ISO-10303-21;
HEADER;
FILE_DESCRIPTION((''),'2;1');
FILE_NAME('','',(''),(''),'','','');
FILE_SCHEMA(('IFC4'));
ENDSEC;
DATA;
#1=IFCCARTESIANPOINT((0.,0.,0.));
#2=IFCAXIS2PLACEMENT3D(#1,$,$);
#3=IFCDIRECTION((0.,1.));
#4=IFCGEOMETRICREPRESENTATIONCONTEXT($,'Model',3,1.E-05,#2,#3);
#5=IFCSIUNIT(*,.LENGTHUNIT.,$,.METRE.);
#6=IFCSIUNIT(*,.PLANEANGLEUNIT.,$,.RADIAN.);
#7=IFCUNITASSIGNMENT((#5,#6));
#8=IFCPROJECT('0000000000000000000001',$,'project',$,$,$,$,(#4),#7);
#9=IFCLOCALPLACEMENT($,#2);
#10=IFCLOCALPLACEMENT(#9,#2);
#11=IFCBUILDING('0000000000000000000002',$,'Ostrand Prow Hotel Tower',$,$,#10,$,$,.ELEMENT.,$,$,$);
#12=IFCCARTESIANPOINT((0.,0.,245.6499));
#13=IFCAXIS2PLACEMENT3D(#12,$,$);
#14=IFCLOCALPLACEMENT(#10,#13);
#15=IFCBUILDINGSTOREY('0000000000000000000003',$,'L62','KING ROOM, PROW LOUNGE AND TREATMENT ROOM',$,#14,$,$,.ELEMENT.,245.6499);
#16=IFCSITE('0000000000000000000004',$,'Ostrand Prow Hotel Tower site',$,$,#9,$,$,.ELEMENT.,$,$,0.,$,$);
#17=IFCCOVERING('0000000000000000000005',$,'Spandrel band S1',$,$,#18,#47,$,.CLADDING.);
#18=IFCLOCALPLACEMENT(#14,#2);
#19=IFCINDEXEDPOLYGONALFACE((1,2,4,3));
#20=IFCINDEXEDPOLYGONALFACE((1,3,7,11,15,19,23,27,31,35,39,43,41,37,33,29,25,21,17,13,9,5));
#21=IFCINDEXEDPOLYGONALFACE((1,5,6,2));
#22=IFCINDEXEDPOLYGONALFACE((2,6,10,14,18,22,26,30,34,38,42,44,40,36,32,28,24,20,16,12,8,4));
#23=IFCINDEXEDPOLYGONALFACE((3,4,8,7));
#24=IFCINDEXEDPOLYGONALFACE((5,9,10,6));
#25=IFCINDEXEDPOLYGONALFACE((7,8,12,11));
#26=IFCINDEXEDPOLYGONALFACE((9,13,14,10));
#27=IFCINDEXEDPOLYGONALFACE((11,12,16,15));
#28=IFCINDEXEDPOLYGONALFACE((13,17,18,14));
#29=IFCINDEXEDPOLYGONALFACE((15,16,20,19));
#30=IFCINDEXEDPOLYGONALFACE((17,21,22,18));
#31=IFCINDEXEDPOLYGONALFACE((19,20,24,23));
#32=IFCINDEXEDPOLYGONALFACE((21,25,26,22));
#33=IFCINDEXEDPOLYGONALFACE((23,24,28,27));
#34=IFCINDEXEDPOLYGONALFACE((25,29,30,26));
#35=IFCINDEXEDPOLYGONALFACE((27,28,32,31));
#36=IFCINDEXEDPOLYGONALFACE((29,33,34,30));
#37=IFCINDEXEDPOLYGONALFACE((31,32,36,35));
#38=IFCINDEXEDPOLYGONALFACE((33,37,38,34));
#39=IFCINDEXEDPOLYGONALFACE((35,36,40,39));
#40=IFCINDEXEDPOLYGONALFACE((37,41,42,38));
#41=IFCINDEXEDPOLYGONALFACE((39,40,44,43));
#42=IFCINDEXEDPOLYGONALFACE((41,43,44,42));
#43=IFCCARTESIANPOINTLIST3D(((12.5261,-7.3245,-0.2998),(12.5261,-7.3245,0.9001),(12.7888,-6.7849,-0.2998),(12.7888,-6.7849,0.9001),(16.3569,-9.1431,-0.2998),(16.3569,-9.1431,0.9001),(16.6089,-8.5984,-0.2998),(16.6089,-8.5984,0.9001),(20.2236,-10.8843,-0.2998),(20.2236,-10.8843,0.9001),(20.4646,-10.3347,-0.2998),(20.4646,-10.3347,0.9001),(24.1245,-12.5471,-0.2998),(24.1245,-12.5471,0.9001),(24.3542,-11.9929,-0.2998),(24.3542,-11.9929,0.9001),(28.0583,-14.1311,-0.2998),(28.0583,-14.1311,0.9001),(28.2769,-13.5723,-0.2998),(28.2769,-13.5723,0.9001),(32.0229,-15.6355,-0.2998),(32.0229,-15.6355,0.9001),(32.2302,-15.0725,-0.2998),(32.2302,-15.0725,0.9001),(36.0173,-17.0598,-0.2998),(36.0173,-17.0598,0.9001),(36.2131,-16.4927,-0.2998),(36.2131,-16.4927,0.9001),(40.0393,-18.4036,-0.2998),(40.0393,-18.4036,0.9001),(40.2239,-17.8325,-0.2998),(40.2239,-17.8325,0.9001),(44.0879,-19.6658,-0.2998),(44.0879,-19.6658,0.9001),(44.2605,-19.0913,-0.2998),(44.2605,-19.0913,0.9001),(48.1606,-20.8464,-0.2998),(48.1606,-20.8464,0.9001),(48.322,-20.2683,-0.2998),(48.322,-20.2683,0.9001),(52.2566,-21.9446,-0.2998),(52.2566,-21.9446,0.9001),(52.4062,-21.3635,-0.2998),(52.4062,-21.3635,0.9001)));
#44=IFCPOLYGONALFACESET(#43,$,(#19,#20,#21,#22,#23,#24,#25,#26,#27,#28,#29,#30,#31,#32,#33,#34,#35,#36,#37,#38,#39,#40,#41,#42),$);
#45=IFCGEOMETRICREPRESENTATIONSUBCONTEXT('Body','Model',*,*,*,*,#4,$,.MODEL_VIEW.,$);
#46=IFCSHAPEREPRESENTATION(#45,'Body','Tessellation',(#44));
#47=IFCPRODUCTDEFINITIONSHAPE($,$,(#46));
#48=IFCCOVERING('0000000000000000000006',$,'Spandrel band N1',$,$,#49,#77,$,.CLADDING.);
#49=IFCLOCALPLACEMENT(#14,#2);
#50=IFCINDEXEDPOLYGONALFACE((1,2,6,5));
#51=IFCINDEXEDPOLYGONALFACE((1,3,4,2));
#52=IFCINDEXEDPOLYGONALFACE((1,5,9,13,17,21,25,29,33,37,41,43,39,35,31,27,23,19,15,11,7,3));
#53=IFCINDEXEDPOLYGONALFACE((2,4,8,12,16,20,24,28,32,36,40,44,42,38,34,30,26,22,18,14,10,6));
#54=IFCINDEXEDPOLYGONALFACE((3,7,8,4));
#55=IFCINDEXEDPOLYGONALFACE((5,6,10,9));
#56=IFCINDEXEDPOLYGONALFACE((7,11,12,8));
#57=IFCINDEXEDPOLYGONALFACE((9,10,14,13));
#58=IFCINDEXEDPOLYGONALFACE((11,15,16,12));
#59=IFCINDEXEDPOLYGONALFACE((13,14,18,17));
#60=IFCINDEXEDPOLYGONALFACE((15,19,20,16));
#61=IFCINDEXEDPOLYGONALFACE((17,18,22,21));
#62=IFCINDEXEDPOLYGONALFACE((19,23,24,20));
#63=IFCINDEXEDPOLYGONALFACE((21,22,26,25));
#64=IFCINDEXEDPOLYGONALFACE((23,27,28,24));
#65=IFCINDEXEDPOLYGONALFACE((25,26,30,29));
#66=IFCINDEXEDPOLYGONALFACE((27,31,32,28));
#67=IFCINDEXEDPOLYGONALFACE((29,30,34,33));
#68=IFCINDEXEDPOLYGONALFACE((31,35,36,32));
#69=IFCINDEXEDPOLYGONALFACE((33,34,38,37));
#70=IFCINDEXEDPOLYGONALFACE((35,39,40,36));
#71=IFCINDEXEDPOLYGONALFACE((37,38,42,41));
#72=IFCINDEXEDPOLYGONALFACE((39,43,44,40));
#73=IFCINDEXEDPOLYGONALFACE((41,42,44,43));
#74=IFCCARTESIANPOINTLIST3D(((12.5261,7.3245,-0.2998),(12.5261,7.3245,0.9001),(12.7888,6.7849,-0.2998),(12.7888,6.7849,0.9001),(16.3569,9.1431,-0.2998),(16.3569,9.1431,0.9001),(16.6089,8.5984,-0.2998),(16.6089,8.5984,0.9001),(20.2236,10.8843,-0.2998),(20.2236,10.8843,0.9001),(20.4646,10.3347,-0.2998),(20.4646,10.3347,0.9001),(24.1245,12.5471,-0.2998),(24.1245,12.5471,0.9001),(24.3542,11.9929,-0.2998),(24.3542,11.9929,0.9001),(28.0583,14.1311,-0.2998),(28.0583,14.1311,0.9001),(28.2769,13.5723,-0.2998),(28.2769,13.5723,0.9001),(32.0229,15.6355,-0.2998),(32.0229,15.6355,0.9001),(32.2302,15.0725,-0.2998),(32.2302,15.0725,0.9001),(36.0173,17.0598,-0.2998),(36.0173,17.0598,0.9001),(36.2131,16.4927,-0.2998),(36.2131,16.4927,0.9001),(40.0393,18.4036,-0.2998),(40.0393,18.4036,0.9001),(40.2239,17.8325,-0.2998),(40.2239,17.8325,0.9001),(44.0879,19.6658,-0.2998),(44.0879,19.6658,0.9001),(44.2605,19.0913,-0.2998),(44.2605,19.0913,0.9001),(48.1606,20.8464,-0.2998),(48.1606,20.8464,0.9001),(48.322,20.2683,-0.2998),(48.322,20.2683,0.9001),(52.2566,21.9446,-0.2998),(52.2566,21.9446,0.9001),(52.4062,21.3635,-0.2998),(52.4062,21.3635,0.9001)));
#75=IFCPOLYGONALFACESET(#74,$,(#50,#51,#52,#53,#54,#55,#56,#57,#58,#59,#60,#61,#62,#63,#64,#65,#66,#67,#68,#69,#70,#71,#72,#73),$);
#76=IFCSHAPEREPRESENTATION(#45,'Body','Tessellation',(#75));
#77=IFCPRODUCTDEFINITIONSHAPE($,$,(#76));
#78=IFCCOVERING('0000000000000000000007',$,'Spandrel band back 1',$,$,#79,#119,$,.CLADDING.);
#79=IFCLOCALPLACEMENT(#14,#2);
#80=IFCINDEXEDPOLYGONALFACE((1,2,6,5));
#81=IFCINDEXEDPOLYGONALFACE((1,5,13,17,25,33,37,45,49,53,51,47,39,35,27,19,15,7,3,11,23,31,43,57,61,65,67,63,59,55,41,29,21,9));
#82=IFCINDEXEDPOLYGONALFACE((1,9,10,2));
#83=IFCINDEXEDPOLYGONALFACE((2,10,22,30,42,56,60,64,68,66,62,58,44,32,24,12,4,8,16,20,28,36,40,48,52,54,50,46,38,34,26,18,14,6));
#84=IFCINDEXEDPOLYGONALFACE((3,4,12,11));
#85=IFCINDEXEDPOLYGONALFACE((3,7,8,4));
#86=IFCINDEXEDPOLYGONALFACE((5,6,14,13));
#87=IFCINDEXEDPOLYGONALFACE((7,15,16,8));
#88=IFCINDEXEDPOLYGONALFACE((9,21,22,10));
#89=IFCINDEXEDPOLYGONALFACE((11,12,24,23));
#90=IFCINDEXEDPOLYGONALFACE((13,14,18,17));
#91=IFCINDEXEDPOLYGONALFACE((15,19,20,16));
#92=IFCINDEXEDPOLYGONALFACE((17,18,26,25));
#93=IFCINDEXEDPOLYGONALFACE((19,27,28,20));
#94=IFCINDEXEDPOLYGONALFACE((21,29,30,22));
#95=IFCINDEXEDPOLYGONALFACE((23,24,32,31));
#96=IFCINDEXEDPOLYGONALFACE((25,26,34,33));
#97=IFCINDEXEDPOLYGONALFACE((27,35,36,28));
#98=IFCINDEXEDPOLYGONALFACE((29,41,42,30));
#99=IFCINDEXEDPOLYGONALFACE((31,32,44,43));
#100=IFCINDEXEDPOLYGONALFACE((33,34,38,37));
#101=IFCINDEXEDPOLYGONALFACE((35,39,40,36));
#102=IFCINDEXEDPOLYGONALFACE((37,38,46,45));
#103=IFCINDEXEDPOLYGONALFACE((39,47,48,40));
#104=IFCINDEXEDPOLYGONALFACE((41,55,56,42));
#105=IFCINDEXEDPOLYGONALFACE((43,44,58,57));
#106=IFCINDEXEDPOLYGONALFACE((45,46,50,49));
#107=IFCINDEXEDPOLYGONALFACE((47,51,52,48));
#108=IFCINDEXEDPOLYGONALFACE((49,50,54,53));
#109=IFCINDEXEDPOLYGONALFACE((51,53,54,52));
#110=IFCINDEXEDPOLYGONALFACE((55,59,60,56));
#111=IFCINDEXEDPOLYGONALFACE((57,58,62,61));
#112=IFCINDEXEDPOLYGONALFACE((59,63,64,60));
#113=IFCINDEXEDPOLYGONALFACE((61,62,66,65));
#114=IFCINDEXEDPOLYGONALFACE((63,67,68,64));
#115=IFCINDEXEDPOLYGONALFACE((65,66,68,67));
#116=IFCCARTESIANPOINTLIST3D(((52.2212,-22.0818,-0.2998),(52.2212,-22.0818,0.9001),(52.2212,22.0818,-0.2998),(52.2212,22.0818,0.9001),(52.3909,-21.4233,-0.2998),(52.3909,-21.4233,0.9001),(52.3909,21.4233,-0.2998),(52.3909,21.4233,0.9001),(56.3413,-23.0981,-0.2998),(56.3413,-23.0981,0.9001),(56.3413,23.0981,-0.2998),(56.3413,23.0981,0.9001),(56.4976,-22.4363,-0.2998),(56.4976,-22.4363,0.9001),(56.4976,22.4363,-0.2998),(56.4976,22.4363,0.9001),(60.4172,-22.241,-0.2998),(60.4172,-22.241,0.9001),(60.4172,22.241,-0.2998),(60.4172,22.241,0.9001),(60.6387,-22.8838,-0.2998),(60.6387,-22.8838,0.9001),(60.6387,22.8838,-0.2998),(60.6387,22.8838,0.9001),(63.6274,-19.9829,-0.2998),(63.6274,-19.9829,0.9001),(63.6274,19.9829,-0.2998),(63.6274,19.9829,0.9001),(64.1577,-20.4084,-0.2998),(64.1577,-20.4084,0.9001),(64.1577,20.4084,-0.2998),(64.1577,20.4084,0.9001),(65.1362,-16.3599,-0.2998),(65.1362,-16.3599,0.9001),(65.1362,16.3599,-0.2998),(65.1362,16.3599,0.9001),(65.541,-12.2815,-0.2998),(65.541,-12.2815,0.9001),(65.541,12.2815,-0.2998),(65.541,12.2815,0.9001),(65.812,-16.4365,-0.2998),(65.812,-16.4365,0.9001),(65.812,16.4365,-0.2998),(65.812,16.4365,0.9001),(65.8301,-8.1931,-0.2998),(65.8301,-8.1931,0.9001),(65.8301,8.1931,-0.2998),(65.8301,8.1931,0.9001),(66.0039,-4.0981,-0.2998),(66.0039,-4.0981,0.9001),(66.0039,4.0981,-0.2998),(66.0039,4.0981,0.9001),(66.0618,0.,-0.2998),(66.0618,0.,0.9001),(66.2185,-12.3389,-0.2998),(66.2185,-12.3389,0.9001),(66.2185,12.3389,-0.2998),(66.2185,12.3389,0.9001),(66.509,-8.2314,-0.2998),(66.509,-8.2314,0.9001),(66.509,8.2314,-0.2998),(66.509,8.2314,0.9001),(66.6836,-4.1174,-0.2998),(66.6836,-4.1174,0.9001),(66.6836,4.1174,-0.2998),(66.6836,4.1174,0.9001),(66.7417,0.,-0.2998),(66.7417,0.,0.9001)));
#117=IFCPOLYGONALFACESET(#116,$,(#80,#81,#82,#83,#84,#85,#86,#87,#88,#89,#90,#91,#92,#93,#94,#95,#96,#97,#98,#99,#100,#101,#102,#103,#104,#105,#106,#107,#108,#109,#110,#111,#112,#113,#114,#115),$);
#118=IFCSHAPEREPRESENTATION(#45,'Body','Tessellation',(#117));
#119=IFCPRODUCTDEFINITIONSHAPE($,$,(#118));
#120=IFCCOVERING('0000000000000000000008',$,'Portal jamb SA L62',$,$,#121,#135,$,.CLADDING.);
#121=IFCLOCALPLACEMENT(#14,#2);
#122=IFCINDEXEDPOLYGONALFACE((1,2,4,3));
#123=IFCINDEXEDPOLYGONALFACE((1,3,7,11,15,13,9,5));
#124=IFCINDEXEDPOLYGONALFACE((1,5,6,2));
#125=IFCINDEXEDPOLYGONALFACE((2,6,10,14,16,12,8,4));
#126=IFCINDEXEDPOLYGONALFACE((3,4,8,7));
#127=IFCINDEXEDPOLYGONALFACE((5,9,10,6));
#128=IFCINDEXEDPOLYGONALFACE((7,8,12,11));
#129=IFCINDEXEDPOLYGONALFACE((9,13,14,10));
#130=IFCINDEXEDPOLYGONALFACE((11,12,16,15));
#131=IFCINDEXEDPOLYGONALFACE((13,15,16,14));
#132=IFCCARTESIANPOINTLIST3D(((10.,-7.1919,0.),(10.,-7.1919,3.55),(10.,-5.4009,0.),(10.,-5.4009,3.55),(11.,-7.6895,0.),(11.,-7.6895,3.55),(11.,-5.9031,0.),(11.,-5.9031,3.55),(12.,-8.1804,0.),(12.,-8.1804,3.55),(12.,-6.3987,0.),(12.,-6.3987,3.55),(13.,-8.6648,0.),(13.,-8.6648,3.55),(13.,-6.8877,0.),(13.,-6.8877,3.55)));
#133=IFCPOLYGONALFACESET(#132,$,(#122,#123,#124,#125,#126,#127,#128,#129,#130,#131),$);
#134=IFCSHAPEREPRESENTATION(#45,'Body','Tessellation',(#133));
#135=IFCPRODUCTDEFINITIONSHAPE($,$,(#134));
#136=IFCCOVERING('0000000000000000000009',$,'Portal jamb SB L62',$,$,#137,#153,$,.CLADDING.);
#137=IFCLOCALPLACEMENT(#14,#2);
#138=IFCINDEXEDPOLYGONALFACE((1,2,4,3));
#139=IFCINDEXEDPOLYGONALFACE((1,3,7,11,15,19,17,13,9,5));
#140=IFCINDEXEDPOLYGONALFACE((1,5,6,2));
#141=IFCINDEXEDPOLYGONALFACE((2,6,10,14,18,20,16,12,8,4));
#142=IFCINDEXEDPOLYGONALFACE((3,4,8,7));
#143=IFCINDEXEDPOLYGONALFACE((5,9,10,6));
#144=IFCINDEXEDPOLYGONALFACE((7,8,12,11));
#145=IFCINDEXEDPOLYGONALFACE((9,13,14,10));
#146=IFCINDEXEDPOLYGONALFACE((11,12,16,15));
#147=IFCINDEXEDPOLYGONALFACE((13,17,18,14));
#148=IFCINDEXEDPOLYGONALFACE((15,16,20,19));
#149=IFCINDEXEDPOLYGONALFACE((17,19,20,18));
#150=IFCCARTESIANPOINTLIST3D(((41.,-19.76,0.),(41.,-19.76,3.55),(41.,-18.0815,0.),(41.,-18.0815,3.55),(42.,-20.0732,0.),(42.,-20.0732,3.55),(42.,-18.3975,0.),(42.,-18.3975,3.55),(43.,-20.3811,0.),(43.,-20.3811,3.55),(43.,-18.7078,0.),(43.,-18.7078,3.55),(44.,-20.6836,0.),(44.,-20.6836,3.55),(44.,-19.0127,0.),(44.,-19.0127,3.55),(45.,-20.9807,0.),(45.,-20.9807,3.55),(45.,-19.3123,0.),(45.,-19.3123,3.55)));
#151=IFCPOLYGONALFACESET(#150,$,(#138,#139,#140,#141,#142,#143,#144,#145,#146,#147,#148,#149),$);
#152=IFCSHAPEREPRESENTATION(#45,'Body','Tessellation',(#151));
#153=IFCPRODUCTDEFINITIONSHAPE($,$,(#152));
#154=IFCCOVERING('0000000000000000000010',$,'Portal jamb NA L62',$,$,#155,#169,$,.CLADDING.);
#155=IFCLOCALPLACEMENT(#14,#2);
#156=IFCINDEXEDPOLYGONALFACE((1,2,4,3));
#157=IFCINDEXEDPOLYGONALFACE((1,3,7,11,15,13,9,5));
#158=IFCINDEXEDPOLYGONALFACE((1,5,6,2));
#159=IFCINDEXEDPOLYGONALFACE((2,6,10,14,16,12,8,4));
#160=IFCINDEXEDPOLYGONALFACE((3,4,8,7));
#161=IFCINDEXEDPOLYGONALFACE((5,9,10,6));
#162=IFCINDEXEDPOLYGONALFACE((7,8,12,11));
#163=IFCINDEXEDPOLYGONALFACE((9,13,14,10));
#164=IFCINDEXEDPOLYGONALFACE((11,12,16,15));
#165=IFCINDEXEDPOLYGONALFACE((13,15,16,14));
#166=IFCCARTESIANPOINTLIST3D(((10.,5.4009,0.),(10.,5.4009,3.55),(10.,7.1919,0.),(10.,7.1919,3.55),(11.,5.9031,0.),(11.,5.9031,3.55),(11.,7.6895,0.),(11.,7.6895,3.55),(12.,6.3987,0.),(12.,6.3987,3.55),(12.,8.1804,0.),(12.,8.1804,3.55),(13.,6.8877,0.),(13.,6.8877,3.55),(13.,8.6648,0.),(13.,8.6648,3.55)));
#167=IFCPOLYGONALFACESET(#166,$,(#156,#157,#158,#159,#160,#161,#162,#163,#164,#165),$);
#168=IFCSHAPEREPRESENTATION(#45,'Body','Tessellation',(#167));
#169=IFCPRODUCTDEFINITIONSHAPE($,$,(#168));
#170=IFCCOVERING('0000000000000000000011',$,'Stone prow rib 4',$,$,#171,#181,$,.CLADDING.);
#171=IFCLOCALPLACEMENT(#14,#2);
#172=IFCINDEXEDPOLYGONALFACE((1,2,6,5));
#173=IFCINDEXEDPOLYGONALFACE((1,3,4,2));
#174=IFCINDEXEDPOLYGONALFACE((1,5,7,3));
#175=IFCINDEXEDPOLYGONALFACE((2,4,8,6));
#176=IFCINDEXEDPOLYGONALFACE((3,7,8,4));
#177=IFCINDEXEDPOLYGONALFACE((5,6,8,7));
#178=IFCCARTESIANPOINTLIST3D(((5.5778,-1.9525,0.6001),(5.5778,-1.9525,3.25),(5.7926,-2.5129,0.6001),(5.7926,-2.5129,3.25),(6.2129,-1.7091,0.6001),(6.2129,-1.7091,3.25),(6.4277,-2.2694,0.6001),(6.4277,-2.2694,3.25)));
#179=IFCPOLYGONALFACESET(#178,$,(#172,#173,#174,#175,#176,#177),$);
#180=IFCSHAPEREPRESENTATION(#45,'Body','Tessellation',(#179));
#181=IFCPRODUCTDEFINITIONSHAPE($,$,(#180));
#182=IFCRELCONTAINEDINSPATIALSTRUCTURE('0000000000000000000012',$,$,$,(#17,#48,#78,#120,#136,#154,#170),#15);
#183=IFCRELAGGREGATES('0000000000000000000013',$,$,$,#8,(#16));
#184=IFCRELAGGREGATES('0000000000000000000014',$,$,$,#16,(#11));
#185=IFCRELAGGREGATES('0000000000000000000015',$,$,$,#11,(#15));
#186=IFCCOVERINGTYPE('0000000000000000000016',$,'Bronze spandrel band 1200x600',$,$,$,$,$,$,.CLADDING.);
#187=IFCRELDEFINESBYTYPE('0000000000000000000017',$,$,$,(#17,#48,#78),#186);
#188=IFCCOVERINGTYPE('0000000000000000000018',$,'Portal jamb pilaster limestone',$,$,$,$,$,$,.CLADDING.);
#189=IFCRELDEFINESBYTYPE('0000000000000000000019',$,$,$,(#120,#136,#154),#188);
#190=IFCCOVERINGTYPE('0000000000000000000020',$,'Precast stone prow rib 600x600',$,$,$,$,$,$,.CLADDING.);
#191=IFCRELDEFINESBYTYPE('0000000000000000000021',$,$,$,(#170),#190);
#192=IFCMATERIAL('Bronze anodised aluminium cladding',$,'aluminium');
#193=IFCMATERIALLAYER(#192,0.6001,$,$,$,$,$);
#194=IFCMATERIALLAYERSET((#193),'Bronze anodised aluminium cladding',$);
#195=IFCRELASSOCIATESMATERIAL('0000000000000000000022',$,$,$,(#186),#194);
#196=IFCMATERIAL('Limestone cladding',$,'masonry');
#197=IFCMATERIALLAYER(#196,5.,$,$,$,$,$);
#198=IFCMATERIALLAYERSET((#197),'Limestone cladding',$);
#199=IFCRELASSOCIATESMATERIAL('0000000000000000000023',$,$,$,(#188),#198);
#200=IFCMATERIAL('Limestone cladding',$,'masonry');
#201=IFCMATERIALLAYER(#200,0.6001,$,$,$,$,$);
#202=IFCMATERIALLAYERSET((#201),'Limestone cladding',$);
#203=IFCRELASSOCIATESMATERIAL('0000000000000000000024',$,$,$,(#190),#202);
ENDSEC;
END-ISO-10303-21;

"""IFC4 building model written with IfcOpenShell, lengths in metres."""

from ifc_helpers import new_model, si_unit, direction, frame, frame_2d, origin, place, context, subcontext, project, spatial, polyline, rectangle, outline, extrude, material, layer, layer_set, type_object, element, save


model = new_model("IFC4")

# Units and contexts
model_context = context("Model", 3, precision=1e-05, world=origin(), true_north=direction((0.0, 1.0)))
body_context = subcontext(model_context, "Body", "Model", "MODEL_VIEW")
ifc_project = project(units=[si_unit("LENGTHUNIT", "METRE"), si_unit("PLANEANGLEUNIT", "RADIAN")], contexts=[model_context])

# Site, building, storey
site_placement = place(None, origin())
site = spatial("IfcSite", under=ifc_project, at=site_placement, Name="Ostrand Prow Hotel Tower site", CompositionType="ELEMENT", RefElevation=0.0)
building_placement = place(site_placement, origin())
building = spatial("IfcBuilding", under=site, at=building_placement, Name="Ostrand Prow Hotel Tower", CompositionType="ELEMENT")
storey_placement = place(building_placement, frame((0.0, 0.0, 245.6499)))
storey = spatial("IfcBuildingStorey", under=building, at=storey_placement, Name="L62", Description="KING ROOM, PROW LOUNGE AND TREATMENT ROOM", CompositionType="ELEMENT", Elevation=245.6499)

# Coverings
ifc_material_1 = material(Name="Bronze anodised aluminium cladding", Category="aluminium")
ifc_layer_1 = layer(ifc_material_1, 0.6001)
ifc_layer_set_1 = layer_set([ifc_layer_1], Name="Bronze anodised aluminium cladding")
covering_type_1 = type_object("IfcCoveringType", Name="Bronze spandrel band 1200x600", PredefinedType="CLADDING", material=ifc_layer_set_1)
covering_1_placement = place(storey_placement, frame((0.0, 0.0, -0.2998)))
element("IfcCovering", 1, at=covering_1_placement, inside=storey, type_object=covering_type_1, Name="Spandrel band S1", PredefinedType="CLADDING", context=body_context, shape_type="SweptSolid", body=[
    extrude(outline(polyline([(12.5261, -7.3245), (16.3569, -9.1431), (20.2236, -10.8843), (24.1245, -12.5471), (28.0583, -14.1311), (32.0229, -15.6355), (36.0173, -17.0598), (40.0393, -18.4036), (44.0879, -19.6658), (48.1606, -20.8464), (52.2566, -21.9446), (52.4062, -21.3635), (48.322, -20.2683), (44.2605, -19.0913), (40.2239, -17.8325), (36.2131, -16.4927), (32.2302, -15.0725), (28.2769, -13.5723), (24.3542, -11.9929), (20.4646, -10.3347), (16.6089, -8.5984), (12.7888, -6.7849), (12.5261, -7.3245)])), origin(), (0.0, 0.0, 1.0), 1.2),
])
covering_2_placement = place(storey_placement, frame((0.0, 0.0, -0.2998)))
element("IfcCovering", 2, at=covering_2_placement, inside=storey, type_object=covering_type_1, Name="Spandrel band N1", PredefinedType="CLADDING", context=body_context, shape_type="SweptSolid", body=[
    extrude(outline(polyline([(52.2566, 21.9446), (48.1606, 20.8464), (44.0879, 19.6658), (40.0393, 18.4036), (36.0173, 17.0598), (32.0229, 15.6355), (28.0583, 14.1311), (24.1245, 12.5471), (20.2236, 10.8843), (16.3569, 9.1431), (12.5261, 7.3245), (12.7888, 6.7849), (16.6089, 8.5984), (20.4646, 10.3347), (24.3542, 11.9929), (28.2769, 13.5723), (32.2302, 15.0725), (36.2131, 16.4927), (40.2239, 17.8325), (44.2605, 19.0913), (48.322, 20.2683), (52.4062, 21.3635), (52.2566, 21.9446)])), origin(), (0.0, 0.0, 1.0), 1.2),
])
covering_3_placement = place(storey_placement, frame((0.0, 0.0, -0.2998)))
element("IfcCovering", 3, at=covering_3_placement, inside=storey, type_object=covering_type_1, Name="Spandrel band back 1", PredefinedType="CLADDING", context=body_context, shape_type="SweptSolid", body=[
    extrude(outline(polyline([(52.2212, -22.0818), (56.3413, -23.0981), (60.6387, -22.8838), (64.1577, -20.4084), (65.812, -16.4365), (66.2185, -12.3389), (66.509, -8.2314), (66.6836, -4.1174), (66.7417, 0.0), (66.6836, 4.1174), (66.509, 8.2314), (66.2185, 12.3389), (65.812, 16.4365), (64.1577, 20.4084), (60.6387, 22.8838), (56.3413, 23.0981), (52.2212, 22.0818), (52.3909, 21.4233), (56.4976, 22.4363), (60.4172, 22.241), (63.6274, 19.9829), (65.1362, 16.3599), (65.541, 12.2815), (65.8301, 8.1931), (66.0039, 4.0981), (66.0618, 0.0), (66.0039, -4.0981), (65.8301, -8.1931), (65.541, -12.2815), (65.1362, -16.3599), (63.6274, -19.9829), (60.4172, -22.241), (56.4976, -22.4363), (52.3909, -21.4233), (52.2212, -22.0818)])), origin(), (0.0, 0.0, 1.0), 1.2),
])
ifc_material_2 = material(Name="Limestone cladding", Category="masonry")
ifc_layer_2 = layer(ifc_material_2, 5.0)
ifc_layer_set_2 = layer_set([ifc_layer_2], Name="Limestone cladding")
covering_type_2 = type_object("IfcCoveringType", Name="Portal jamb pilaster limestone", PredefinedType="CLADDING", material=ifc_layer_set_2)
covering_4_placement = place(storey_placement, origin())
element("IfcCovering", 4, at=covering_4_placement, inside=storey, type_object=covering_type_2, Name="Portal jamb SA L62", PredefinedType="CLADDING", context=body_context, shape_type="SweptSolid", body=[
    extrude(outline(polyline([(10.0, -5.4009), (10.0, -7.1919), (11.0, -7.6895), (12.0, -8.1804), (13.0, -8.6648), (13.0, -6.8877), (12.0, -6.3987), (11.0, -5.9031), (10.0, -5.4009)])), origin(), (0.0, 0.0, 1.0), 3.55),
])
covering_5_placement = place(storey_placement, origin())
element("IfcCovering", 5, at=covering_5_placement, inside=storey, type_object=covering_type_2, Name="Portal jamb SB L62", PredefinedType="CLADDING", context=body_context, shape_type="SweptSolid", body=[
    extrude(outline(polyline([(41.0, -18.0815), (41.0, -19.76), (42.0, -20.0732), (43.0, -20.3811), (44.0, -20.6836), (45.0, -20.9807), (45.0, -19.3123), (44.0, -19.0127), (43.0, -18.7078), (42.0, -18.3975), (41.0, -18.0815)])), origin(), (0.0, 0.0, 1.0), 3.55),
])
covering_6_placement = place(storey_placement, origin())
element("IfcCovering", 6, at=covering_6_placement, inside=storey, type_object=covering_type_2, Name="Portal jamb NA L62", PredefinedType="CLADDING", context=body_context, shape_type="SweptSolid", body=[
    extrude(outline(polyline([(10.0, 5.4009), (11.0, 5.9031), (12.0, 6.3987), (13.0, 6.8877), (13.0, 8.6648), (12.0, 8.1804), (11.0, 7.6895), (10.0, 7.1919), (10.0, 5.4009)])), origin(), (0.0, 0.0, 1.0), 3.55),
])
ifc_material_3 = material(Name="Limestone cladding", Category="masonry")
ifc_layer_3 = layer(ifc_material_3, 0.6001)
ifc_layer_set_3 = layer_set([ifc_layer_3], Name="Limestone cladding")
covering_type_3 = type_object("IfcCoveringType", Name="Precast stone prow rib 600x600", PredefinedType="CLADDING", material=ifc_layer_set_3)
covering_7_placement = place(storey_placement, frame((6.3203, -1.9893, 0.6001), z_axis=(0.0, 0.0, 1.0), x_axis=(-0.933752, -0.35792, 0.0)))
element("IfcCovering", 7, at=covering_7_placement, inside=storey, type_object=covering_type_3, Name="Stone prow rib 4", PredefinedType="CLADDING", context=body_context, shape_type="SweptSolid", body=[
    extrude(rectangle(XDim=0.6802, YDim=0.6001, at=frame_2d((0.3401, 0.0))), origin(), (0.0, 0.0, 1.0), 2.6499),
])

save(model, "model.ifc")
